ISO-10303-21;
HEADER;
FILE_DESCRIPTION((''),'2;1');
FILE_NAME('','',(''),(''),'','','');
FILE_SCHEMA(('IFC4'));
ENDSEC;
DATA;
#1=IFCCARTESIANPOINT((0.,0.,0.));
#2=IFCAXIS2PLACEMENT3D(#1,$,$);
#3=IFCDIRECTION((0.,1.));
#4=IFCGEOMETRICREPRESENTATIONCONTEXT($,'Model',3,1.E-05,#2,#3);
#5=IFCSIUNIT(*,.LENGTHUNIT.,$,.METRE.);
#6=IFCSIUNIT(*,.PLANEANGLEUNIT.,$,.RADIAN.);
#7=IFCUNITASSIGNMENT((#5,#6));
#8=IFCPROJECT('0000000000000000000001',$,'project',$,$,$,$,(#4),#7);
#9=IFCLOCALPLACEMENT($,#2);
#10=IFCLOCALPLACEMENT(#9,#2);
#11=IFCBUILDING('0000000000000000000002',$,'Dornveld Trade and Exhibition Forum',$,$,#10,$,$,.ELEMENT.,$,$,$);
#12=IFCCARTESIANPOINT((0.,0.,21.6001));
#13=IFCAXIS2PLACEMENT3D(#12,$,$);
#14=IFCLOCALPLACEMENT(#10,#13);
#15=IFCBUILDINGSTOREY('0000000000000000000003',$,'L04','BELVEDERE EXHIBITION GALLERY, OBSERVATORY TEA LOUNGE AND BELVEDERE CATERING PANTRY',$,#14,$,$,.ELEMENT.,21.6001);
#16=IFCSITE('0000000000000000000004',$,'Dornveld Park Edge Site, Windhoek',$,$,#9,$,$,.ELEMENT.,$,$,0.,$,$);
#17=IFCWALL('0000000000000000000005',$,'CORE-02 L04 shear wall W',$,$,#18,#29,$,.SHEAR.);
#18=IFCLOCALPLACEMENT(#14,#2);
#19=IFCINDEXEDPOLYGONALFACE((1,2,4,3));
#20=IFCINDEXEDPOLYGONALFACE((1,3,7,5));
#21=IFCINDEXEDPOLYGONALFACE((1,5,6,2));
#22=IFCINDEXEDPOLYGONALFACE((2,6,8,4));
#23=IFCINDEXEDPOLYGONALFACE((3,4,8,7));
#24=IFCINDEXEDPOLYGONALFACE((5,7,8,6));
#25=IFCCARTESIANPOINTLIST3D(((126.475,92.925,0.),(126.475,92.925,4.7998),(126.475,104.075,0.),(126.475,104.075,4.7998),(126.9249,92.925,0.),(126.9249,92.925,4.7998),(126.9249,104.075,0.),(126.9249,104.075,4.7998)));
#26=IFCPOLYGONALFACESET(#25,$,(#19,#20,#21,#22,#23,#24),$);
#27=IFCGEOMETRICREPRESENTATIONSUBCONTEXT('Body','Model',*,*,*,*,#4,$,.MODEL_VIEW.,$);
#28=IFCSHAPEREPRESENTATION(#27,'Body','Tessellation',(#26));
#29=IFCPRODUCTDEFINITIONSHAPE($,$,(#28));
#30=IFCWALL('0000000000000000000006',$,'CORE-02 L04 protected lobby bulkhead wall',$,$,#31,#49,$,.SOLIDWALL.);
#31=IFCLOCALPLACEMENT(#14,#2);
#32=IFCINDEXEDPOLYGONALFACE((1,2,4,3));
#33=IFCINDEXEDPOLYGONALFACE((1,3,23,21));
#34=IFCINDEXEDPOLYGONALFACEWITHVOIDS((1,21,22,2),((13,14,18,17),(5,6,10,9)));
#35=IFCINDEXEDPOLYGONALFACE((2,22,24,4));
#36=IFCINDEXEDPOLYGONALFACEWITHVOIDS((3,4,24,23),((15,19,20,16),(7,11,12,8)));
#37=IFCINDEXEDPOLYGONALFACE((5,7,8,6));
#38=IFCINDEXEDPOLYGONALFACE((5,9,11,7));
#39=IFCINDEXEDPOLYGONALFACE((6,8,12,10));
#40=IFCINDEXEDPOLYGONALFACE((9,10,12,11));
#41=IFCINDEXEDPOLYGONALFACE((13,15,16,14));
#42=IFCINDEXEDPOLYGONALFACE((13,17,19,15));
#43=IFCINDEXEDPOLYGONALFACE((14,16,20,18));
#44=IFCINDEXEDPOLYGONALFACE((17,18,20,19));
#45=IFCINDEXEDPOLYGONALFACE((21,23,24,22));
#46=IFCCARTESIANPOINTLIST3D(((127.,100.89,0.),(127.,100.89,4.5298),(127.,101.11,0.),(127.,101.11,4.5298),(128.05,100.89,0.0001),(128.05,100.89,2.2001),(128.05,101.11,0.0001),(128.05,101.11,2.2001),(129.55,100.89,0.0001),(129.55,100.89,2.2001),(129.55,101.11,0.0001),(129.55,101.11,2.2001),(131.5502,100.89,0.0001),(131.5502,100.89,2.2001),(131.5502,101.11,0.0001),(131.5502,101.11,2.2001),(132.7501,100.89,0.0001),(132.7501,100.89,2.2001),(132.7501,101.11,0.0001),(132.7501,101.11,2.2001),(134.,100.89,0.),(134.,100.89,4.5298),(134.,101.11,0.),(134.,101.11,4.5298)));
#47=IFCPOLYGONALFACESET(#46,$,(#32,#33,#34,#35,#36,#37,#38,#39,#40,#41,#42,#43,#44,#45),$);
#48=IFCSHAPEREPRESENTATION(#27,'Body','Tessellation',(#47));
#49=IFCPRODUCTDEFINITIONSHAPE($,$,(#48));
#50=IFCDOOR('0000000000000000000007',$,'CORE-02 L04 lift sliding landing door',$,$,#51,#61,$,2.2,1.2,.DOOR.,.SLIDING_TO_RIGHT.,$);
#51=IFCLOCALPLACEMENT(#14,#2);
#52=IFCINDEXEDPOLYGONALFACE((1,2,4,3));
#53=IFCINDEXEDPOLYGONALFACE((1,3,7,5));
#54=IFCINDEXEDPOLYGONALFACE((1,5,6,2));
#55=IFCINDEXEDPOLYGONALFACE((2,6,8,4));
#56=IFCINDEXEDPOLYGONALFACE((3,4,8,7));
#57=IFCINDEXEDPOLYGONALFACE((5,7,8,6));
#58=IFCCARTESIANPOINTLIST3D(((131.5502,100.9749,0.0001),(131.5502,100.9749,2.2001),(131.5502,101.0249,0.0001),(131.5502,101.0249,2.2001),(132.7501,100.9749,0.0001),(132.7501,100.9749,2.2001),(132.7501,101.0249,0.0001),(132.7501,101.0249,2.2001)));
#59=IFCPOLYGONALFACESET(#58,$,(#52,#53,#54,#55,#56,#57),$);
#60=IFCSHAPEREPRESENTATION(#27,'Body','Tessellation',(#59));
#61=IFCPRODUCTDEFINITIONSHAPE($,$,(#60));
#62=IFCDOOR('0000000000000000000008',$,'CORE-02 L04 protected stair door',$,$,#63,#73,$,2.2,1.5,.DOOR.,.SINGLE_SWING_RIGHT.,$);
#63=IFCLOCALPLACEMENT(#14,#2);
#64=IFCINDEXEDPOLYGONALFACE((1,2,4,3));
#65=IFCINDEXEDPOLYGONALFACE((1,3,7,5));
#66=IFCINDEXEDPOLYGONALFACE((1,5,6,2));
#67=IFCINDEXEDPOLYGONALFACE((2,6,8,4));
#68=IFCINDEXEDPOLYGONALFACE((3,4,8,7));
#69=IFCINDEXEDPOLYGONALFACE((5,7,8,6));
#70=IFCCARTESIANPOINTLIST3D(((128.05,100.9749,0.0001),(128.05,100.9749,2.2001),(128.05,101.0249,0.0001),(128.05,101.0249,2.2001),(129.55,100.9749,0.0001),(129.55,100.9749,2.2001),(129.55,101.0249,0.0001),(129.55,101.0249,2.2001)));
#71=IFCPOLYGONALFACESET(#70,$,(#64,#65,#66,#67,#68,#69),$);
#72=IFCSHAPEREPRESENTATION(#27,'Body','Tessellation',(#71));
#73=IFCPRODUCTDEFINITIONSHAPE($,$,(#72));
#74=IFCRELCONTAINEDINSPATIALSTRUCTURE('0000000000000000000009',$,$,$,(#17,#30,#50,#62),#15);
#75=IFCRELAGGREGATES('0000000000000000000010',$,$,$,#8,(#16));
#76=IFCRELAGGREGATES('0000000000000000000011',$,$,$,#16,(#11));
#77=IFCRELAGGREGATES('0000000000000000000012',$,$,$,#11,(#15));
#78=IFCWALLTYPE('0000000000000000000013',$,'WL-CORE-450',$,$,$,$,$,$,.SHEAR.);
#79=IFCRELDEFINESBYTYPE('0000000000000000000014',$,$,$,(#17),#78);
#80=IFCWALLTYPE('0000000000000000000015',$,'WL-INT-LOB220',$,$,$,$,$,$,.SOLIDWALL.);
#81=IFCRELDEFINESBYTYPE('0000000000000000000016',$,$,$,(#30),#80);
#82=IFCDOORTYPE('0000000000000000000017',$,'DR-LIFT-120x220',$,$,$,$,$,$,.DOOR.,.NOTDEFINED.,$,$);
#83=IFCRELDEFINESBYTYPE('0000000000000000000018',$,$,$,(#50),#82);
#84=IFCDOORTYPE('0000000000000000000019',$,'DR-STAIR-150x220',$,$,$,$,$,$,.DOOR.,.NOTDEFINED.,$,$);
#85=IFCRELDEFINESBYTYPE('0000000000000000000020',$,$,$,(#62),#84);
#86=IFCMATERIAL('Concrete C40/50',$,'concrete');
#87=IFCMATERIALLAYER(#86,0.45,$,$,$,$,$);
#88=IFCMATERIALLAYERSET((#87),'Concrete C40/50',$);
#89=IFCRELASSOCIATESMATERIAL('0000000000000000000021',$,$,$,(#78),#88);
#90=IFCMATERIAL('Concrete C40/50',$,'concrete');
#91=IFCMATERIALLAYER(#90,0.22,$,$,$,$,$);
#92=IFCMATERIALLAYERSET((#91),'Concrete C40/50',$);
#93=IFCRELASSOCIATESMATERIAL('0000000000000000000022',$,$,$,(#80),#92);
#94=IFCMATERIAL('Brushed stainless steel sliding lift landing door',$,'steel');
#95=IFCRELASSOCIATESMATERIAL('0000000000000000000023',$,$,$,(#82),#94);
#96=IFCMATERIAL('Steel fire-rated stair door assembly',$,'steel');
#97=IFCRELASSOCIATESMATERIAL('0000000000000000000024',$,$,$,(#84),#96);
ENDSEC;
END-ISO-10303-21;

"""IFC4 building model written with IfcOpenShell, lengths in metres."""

from ifc_helpers import new_model, si_unit, direction, frame, frame_2d, origin, place, context, subcontext, project, spatial, rectangle, extrude, material, layer, layer_set, type_object, element, fill, save


model = new_model("IFC4")

# Units and contexts
model_context = context("Model", 3, precision=1e-05, world=origin(), true_north=direction((0.0, 1.0)))
body_context = subcontext(model_context, "Body", "Model", "MODEL_VIEW")
ifc_project = project(units=[si_unit("LENGTHUNIT", "METRE"), si_unit("PLANEANGLEUNIT", "RADIAN")], contexts=[model_context])

# Site, building, storey
site_placement = place(None, origin())
site = spatial("IfcSite", under=ifc_project, at=site_placement, Name="Dornveld Park Edge Site, Windhoek", CompositionType="ELEMENT", RefElevation=0.0)
building_placement = place(site_placement, origin())
building = spatial("IfcBuilding", under=site, at=building_placement, Name="Dornveld Trade and Exhibition Forum", CompositionType="ELEMENT")
storey_placement = place(building_placement, frame((0.0, 0.0, 21.6001)))
storey = spatial("IfcBuildingStorey", under=building, at=storey_placement, Name="L04", Description="BELVEDERE EXHIBITION GALLERY, OBSERVATORY TEA LOUNGE AND BELVEDERE CATERING PANTRY", CompositionType="ELEMENT", Elevation=21.6001)

# Shared definitions
ifc_material_1 = material(Name="Concrete C40/50", Category="concrete")
ifc_layer_1 = layer(ifc_material_1, 0.45)
ifc_layer_set_1 = layer_set([ifc_layer_1], Name="Concrete C40/50")
wall_type_1 = type_object("IfcWallType", Name="WL-CORE-450", PredefinedType="SHEAR", material=ifc_layer_set_1)

# Wall
wall_1_placement = place(storey_placement, frame((126.7, 92.925, 0.0), z_axis=(0.0, 0.0, 1.0), x_axis=(0.0, 1.0, 0.0)))
element("IfcWall", 1, at=wall_1_placement, inside=storey, type_object=wall_type_1, Name="CORE-02 L04 shear wall W", PredefinedType="SHEAR", context=body_context, shape_type="SweptSolid", body=[
    extrude(rectangle(XDim=11.1499, YDim=0.45, at=frame_2d((5.575, 0.0))), origin(), (0.0, 0.0, 1.0), 4.7998),
])

# Wall, openings, doors
ifc_material_2 = material(Name="Concrete C40/50", Category="concrete")
ifc_layer_2 = layer(ifc_material_2, 0.22)
ifc_layer_set_2 = layer_set([ifc_layer_2], Name="Concrete C40/50")
wall_type_2 = type_object("IfcWallType", Name="WL-INT-LOB220", PredefinedType="SOLIDWALL", material=ifc_layer_set_2)
wall_2_placement = place(storey_placement, frame((127.0, 101.0, 0.0), z_axis=(0.0, 0.0, 1.0), x_axis=(1.0, 0.0, 0.0)))
wall_2 = element("IfcWall", 2, at=wall_2_placement, inside=storey, type_object=wall_type_2, Name="CORE-02 L04 protected lobby bulkhead wall", PredefinedType="SOLIDWALL", context=body_context, shape_type="SweptSolid", body=[
    extrude(rectangle(XDim=7.0, YDim=0.22, at=frame_2d((3.5, 0.0))), origin(), (0.0, 0.0, 1.0), 4.5298),
])
opening_1_placement = place(wall_2_placement, frame((1.05, 0.0, 0.0)))
opening_1 = element("IfcOpeningElement", 3, at=opening_1_placement, cuts=wall_2, PredefinedType="OPENING", context=body_context, shape_type="SweptSolid", body=[
    extrude(rectangle(XDim=1.5, YDim=2.2, at=frame_2d((0.75, 1.1001))), frame((0.0, 0.1199, 0.0), z_axis=(0.0, -1.0, 0.0), x_axis=(1.0, 0.0, 0.0)), (0.0, 0.0, 1.0), 0.24),
])
opening_2_placement = place(wall_2_placement, frame((4.55, 0.0, 0.0)))
opening_2 = element("IfcOpeningElement", 4, at=opening_2_placement, cuts=wall_2, PredefinedType="OPENING", context=body_context, shape_type="SweptSolid", body=[
    extrude(rectangle(XDim=1.2, YDim=2.2, at=frame_2d((0.6001, 1.1001))), frame((0.0, 0.1199, 0.0), z_axis=(0.0, -1.0, 0.0), x_axis=(1.0, 0.0, 0.0)), (0.0, 0.0, 1.0), 0.24),
])
ifc_material_3 = material(Name="Brushed stainless steel sliding lift landing door", Category="steel")
door_type_1 = type_object("IfcDoorType", Name="DR-LIFT-120x220", OperationType="NOTDEFINED", PredefinedType="DOOR", material=ifc_material_3)
door_1_placement = place(opening_2_placement, origin())
door_1 = element("IfcDoor", 5, at=door_1_placement, inside=storey, type_object=door_type_1, Name="CORE-02 L04 lift sliding landing door", OperationType="SLIDING_TO_RIGHT", OverallHeight=2.2, OverallWidth=1.2, PredefinedType="DOOR", context=body_context, shape_type="SweptSolid", body=[
    extrude(rectangle(XDim=1.2, YDim=2.2, at=frame_2d((0.6001, 1.1001))), frame((0.0, 0.0249, 0.0), z_axis=(0.0, -1.0, 0.0), x_axis=(1.0, 0.0, 0.0)), (0.0, 0.0, 1.0), 0.05),
])
fill(opening_2, door_1)
ifc_material_4 = material(Name="Steel fire-rated stair door assembly", Category="steel")
door_type_2 = type_object("IfcDoorType", Name="DR-STAIR-150x220", OperationType="NOTDEFINED", PredefinedType="DOOR", material=ifc_material_4)
door_2_placement = place(opening_1_placement, origin())
door_2 = element("IfcDoor", 6, at=door_2_placement, inside=storey, type_object=door_type_2, Name="CORE-02 L04 protected stair door", OperationType="SINGLE_SWING_RIGHT", OverallHeight=2.2, OverallWidth=1.5, PredefinedType="DOOR", context=body_context, shape_type="SweptSolid", body=[
    extrude(rectangle(XDim=1.5, YDim=2.2, at=frame_2d((0.75, 1.1001))), frame((0.0, 0.0249, 0.0), z_axis=(0.0, -1.0, 0.0), x_axis=(1.0, 0.0, 0.0)), (0.0, 0.0, 1.0), 0.05),
])
fill(opening_1, door_2)

save(model, "model.ifc")
